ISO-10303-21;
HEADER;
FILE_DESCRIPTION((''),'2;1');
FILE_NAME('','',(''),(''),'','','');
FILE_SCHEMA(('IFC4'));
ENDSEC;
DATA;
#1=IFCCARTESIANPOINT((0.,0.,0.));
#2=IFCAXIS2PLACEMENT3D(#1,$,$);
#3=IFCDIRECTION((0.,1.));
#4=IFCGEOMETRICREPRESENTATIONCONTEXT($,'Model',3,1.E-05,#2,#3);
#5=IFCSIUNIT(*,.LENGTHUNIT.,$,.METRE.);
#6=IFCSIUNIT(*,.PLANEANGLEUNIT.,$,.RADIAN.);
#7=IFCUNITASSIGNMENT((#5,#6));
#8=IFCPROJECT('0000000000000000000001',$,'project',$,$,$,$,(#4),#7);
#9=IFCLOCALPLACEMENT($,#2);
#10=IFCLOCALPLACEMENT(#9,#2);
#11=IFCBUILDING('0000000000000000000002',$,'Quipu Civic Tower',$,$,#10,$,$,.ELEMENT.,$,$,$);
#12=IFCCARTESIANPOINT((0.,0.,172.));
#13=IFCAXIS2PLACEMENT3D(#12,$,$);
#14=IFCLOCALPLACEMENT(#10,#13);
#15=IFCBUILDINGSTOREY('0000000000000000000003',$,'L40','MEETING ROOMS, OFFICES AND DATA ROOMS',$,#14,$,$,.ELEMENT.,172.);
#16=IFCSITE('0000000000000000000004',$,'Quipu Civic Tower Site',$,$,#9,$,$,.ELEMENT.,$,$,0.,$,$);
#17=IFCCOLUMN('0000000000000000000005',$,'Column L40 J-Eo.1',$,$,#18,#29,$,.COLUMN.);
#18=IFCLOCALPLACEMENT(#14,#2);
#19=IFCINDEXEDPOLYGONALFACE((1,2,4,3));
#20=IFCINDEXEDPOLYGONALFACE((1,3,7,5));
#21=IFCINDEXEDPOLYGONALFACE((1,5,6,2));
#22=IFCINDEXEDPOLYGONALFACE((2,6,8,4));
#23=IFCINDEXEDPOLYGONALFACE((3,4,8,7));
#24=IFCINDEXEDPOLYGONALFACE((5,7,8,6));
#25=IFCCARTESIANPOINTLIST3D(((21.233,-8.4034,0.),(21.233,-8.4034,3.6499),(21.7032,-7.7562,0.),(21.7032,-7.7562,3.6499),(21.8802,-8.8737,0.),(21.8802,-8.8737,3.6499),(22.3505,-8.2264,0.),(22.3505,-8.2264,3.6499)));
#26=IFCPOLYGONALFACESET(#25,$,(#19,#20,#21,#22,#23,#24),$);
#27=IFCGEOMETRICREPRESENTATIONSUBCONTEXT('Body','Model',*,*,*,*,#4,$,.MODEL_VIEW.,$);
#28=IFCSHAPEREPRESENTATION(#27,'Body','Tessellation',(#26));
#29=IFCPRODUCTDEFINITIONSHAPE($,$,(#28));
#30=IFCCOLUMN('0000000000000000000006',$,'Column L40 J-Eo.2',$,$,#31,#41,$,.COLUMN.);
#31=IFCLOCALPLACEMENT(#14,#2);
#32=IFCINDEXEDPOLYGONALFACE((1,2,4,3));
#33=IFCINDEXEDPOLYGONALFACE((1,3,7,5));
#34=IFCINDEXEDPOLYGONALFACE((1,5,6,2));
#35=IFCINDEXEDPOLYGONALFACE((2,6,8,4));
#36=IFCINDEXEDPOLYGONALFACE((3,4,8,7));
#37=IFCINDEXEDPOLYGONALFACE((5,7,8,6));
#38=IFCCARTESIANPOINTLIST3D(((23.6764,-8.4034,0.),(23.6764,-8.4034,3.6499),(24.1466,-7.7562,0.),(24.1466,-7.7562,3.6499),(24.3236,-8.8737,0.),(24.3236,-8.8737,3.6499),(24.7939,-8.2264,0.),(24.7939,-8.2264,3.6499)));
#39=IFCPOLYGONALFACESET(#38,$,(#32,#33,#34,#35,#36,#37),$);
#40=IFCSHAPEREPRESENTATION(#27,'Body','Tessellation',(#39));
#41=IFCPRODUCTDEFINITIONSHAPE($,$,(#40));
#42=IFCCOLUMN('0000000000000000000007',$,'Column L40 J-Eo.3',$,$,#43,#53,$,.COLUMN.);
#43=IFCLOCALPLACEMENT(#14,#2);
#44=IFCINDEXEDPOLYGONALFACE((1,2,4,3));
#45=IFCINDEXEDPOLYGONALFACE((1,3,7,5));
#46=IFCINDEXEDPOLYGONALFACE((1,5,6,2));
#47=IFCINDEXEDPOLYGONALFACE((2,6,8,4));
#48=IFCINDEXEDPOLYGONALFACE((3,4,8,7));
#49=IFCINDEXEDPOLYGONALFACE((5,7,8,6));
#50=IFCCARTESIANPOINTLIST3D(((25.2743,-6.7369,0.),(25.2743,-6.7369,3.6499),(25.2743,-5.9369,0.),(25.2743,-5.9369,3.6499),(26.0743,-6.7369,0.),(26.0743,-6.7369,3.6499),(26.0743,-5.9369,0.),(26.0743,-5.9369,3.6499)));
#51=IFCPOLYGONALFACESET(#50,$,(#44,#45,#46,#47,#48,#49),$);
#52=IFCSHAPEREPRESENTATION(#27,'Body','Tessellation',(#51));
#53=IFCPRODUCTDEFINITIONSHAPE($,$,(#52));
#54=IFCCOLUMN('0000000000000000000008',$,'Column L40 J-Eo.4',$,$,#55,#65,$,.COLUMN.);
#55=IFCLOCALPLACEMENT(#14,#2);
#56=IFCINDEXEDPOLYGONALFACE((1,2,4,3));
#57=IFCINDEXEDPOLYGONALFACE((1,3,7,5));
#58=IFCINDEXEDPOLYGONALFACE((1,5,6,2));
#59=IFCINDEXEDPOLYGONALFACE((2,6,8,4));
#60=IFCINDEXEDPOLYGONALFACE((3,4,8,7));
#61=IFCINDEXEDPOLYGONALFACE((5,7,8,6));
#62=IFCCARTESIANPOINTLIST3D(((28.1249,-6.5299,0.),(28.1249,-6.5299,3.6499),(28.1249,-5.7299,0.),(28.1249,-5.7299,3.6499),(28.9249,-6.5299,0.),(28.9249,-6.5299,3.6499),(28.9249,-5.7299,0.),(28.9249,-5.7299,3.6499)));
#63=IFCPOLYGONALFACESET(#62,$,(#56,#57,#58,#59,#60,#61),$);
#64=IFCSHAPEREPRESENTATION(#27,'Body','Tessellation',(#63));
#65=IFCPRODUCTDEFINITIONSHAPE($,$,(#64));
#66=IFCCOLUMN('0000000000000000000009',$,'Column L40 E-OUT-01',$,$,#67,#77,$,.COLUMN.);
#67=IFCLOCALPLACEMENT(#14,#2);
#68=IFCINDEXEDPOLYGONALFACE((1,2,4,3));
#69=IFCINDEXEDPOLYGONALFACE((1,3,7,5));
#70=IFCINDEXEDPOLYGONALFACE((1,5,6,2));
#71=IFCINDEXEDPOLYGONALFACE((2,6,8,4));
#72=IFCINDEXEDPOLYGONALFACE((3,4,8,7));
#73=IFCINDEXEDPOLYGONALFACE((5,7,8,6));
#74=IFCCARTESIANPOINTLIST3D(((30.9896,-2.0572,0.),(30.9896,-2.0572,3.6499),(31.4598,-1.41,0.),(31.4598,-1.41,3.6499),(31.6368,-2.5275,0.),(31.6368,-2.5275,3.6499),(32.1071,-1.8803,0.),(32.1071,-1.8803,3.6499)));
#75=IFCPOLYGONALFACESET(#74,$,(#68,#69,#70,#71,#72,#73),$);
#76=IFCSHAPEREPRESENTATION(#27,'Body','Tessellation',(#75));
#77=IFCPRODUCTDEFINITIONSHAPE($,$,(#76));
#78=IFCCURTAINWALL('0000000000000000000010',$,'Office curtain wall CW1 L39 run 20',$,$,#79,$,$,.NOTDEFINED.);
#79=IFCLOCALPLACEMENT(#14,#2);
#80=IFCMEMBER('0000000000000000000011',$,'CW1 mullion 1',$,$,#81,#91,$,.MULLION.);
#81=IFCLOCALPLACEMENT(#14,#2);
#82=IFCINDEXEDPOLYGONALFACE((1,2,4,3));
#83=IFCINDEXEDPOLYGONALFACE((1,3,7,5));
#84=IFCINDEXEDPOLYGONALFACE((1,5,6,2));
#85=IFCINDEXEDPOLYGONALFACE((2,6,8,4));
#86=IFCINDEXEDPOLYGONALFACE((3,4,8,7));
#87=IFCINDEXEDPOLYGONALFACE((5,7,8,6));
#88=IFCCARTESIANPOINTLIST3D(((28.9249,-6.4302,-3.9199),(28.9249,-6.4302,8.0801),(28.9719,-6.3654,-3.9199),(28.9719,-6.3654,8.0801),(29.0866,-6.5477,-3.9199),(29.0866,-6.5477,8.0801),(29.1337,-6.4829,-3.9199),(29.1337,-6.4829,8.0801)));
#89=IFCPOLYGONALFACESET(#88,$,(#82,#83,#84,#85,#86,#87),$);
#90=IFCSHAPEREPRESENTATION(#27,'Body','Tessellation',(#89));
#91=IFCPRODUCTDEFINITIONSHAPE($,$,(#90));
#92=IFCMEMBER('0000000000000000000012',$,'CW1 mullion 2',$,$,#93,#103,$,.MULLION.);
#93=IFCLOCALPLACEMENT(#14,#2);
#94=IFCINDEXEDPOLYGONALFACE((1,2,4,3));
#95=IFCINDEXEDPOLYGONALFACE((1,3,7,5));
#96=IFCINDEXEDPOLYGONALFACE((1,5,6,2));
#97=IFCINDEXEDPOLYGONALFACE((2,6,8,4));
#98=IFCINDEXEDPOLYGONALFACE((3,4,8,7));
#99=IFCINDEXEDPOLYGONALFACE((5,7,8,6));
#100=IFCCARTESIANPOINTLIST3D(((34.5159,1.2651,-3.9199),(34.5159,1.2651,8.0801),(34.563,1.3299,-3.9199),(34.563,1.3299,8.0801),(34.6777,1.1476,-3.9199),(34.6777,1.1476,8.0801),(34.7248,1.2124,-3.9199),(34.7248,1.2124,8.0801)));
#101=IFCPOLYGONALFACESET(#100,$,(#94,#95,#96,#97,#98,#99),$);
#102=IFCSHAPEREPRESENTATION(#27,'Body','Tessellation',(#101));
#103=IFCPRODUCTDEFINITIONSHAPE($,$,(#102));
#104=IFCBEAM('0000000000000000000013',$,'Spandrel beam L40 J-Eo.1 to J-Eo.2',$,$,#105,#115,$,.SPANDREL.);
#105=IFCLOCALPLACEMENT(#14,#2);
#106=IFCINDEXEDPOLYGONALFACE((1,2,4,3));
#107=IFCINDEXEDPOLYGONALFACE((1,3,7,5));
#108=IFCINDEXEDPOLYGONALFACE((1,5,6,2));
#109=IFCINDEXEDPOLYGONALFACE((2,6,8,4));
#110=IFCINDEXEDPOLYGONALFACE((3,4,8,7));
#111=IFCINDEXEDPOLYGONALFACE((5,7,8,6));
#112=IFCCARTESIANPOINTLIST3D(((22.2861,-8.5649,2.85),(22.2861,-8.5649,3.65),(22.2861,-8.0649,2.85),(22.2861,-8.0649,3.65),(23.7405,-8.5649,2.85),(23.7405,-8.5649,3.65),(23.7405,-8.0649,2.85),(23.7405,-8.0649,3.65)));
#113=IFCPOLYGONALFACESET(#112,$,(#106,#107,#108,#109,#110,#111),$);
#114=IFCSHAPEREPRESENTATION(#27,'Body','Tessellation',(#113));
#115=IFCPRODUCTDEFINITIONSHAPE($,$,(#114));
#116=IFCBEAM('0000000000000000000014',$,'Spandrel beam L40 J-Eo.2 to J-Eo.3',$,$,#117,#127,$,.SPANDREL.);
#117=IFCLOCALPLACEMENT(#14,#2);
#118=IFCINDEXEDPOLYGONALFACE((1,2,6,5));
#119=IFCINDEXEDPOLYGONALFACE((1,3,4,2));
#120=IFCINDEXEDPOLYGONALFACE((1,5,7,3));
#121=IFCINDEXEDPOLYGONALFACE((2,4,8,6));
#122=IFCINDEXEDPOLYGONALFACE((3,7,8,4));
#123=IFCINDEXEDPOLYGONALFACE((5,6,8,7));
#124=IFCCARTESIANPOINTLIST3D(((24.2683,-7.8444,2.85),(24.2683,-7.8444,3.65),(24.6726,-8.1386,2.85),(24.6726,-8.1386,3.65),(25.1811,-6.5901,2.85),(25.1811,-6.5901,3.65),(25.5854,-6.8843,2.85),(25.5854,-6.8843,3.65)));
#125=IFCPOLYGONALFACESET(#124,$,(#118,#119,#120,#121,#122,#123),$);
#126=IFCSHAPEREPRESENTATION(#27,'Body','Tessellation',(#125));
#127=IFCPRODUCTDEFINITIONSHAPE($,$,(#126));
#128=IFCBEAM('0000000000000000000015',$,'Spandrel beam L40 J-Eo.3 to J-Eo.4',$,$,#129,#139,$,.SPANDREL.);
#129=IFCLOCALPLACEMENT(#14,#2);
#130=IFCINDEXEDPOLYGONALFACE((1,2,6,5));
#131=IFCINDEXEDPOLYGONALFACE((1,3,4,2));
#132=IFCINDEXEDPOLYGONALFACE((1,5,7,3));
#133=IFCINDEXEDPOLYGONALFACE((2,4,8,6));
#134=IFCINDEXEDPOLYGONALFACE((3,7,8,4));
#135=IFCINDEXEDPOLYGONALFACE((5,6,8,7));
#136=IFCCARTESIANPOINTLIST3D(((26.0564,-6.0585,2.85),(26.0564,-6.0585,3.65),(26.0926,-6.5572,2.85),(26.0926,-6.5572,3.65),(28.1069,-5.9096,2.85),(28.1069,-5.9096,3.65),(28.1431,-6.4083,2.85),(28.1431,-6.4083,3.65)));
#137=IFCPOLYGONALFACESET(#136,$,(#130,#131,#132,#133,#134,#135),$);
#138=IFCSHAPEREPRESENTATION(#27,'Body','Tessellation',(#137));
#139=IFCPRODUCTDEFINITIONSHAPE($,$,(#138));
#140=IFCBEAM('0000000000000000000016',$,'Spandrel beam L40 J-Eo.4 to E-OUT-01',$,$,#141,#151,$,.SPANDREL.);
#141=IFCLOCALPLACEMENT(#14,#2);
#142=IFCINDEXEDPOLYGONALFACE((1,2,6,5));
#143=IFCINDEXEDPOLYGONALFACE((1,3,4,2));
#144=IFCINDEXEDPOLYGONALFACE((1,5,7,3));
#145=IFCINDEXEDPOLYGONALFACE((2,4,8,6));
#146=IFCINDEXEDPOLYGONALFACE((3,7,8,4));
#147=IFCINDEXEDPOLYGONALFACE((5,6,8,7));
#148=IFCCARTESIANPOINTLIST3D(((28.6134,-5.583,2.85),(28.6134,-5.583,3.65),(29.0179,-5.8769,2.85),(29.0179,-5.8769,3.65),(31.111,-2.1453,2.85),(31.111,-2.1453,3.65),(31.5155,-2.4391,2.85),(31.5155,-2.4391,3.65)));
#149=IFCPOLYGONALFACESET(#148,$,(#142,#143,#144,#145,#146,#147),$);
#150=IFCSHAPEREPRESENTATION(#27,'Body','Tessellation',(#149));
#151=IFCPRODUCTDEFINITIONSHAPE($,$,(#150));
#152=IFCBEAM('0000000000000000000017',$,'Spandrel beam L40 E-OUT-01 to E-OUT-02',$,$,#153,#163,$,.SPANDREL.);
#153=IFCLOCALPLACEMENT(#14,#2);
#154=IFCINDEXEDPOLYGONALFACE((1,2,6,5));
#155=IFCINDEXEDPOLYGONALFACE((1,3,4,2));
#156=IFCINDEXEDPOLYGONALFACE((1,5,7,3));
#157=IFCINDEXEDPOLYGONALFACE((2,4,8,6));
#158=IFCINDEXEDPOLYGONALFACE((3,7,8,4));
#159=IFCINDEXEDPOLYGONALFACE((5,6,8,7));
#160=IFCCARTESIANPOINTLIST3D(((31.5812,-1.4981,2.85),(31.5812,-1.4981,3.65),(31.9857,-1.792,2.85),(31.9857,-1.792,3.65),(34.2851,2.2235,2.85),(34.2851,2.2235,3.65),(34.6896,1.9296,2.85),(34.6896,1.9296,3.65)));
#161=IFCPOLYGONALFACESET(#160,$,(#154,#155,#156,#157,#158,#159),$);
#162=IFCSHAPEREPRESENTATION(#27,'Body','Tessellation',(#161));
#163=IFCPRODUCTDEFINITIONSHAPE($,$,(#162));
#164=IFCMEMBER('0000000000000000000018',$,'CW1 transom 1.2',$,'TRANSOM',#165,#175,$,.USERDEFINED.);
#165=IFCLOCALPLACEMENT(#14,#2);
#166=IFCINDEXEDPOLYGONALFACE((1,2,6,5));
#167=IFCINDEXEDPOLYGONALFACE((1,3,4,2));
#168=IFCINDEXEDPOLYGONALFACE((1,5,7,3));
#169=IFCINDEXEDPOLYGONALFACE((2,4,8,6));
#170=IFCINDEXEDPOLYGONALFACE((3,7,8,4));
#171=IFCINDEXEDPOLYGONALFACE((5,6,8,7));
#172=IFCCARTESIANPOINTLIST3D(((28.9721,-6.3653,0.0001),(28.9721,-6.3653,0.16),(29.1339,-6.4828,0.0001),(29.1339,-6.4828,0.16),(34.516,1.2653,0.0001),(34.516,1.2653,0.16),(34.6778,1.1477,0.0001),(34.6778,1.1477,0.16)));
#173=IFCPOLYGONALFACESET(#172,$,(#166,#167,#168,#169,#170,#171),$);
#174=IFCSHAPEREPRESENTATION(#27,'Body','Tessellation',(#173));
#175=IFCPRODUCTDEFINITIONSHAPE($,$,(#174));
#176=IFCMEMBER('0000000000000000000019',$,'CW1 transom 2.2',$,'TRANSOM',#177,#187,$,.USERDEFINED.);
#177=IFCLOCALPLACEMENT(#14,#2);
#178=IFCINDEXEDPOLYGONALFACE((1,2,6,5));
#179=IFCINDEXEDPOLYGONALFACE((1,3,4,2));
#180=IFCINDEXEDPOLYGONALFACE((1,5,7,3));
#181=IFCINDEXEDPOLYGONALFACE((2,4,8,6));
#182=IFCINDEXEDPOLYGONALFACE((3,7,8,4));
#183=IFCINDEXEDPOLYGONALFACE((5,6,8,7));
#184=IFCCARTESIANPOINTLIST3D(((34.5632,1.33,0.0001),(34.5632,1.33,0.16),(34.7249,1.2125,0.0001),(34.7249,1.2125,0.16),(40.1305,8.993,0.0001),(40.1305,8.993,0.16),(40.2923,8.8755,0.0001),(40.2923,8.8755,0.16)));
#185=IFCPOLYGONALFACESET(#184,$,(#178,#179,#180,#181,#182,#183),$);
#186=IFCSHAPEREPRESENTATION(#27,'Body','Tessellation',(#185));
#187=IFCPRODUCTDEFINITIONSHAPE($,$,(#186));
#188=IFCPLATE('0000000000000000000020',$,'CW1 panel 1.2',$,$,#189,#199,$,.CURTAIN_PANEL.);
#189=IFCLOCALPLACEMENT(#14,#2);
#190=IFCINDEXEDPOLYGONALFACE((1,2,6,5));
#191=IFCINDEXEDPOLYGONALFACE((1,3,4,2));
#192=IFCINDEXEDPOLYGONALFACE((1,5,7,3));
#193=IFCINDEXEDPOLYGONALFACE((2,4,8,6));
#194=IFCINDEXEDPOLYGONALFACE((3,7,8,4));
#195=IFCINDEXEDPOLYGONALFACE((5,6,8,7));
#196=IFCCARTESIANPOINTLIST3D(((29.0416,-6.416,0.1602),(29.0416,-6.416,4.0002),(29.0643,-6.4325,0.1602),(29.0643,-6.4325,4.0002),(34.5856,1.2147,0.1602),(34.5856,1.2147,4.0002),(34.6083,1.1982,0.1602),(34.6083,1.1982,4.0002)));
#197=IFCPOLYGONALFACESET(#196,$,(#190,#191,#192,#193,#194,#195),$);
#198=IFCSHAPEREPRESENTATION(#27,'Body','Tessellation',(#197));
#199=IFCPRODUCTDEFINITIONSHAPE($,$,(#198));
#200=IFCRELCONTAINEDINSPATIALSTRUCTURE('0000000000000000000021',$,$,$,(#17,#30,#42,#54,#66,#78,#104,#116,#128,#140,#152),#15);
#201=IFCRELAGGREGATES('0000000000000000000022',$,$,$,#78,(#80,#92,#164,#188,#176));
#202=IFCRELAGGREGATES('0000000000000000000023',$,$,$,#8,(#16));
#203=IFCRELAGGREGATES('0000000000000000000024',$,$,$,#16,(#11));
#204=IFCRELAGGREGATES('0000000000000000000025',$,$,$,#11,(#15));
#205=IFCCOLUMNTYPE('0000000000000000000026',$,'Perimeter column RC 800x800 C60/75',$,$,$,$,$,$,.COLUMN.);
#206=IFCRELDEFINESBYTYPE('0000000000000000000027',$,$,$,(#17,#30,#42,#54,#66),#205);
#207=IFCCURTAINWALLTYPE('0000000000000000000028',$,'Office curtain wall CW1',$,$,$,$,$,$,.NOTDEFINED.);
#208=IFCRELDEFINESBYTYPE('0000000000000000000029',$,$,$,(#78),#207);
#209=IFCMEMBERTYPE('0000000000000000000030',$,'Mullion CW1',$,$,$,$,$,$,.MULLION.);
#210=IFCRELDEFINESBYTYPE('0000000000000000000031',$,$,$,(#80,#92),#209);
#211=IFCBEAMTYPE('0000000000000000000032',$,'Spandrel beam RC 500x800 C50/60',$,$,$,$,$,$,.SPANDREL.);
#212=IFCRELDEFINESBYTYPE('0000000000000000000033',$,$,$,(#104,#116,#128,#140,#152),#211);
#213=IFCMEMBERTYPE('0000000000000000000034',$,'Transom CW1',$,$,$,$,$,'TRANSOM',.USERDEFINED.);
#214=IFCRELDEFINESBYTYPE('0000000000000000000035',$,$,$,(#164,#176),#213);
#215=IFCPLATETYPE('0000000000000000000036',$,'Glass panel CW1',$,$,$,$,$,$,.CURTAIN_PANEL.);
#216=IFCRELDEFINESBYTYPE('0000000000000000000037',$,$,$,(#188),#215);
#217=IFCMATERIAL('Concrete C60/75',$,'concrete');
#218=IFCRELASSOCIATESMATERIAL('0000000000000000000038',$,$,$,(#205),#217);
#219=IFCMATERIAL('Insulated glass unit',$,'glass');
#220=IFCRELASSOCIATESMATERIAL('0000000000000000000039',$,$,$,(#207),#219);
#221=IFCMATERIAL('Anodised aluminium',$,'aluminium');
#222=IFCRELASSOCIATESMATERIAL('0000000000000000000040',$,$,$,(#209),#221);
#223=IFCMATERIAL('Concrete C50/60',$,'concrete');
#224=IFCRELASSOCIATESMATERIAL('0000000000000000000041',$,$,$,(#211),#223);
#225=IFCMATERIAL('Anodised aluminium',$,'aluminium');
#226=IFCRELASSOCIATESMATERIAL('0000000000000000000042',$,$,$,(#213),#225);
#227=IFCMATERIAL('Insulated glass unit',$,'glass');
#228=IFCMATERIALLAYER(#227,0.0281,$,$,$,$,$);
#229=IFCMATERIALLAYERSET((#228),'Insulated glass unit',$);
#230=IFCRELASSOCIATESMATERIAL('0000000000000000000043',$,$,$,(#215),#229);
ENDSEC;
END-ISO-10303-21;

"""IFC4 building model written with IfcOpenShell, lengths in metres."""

from ifc_helpers import new_model, si_unit, direction, frame, origin, origin_2d, place, context, subcontext, project, spatial, rectangle, extrude, material, layer, layer_set, material_profile, profile_set, type_object, element, aggregate, save


model = new_model("IFC4")

# Units and contexts
model_context = context("Model", 3, precision=1e-05, world=origin(), true_north=direction((0.0, 1.0)))
body_context = subcontext(model_context, "Body", "Model", "MODEL_VIEW")
ifc_project = project(units=[si_unit("LENGTHUNIT", "METRE"), si_unit("PLANEANGLEUNIT", "RADIAN")], contexts=[model_context])

# Site, building, storey
site_placement = place(None, origin())
site = spatial("IfcSite", under=ifc_project, at=site_placement, Name="Quipu Civic Tower Site", CompositionType="ELEMENT", RefElevation=0.0)
building_placement = place(site_placement, origin())
building = spatial("IfcBuilding", under=site, at=building_placement, Name="Quipu Civic Tower", CompositionType="ELEMENT")
storey_placement = place(building_placement, frame((0.0, 0.0, 172.0)))
storey = spatial("IfcBuildingStorey", under=building, at=storey_placement, Name="L40", Description="MEETING ROOMS, OFFICES AND DATA ROOMS", CompositionType="ELEMENT", Elevation=172.0)

# Columns
ifc_material_1 = material(Name="Concrete C60/75", Category="concrete")
ifc_material_profile_1 = material_profile(ifc_material_1, rectangle(XDim=0.8, YDim=0.8, at=origin_2d()), Name="RC800x800")
ifc_profile_set_1 = profile_set([ifc_material_profile_1], Name="Concrete C60/75")
column_type = type_object("IfcColumnType", Name="Perimeter column RC 800x800 C60/75", PredefinedType="COLUMN", material=ifc_profile_set_1)
for number, where, z_axis, x_axis, name in (
    (1, (21.7917, -8.3149, 0.0), (0.0, 0.0, 1.0), (0.587785, 0.809017, 0.0), "Column L40 J-Eo.1"),
    (2, (24.2351, -8.3149, 0.0), (0.0, 0.0, 1.0), (0.587785, 0.809017, 0.0), "Column L40 J-Eo.2"),
    (3, (25.6743, -6.3369, 0.0), (0.0, 0.0, 1.0), (1.0, 0.0, 0.0), "Column L40 J-Eo.3"),
    (4, (28.5249, -6.1299, 0.0), (0.0, 0.0, 1.0), (1.0, 0.0, 0.0), "Column L40 J-Eo.4"),
    (5, (31.5483, -1.9688, 0.0), (0.0, 0.0, 1.0), (0.587785, 0.809017, 0.0), "Column L40 E-OUT-01"),
):
    element("IfcColumn", number, at=place(storey_placement, frame(where, z_axis=z_axis, x_axis=x_axis)), inside=storey, type_object=column_type, Name=name, PredefinedType="COLUMN", context=body_context, shape_type="SweptSolid", body=[
        extrude(rectangle(XDim=0.8, YDim=0.8, at=origin_2d()), origin(), (0.0, 0.0, 1.0), 3.6499),
    ])

# Curtain wall, members
ifc_material_2 = material(Name="Insulated glass unit", Category="glass")
curtain_wall_type = type_object("IfcCurtainWallType", Name="Office curtain wall CW1", PredefinedType="NOTDEFINED", material=ifc_material_2)
curtain_wall_placement = place(storey_placement, origin())
curtain_wall = element("IfcCurtainWall", 6, at=curtain_wall_placement, inside=storey, type_object=curtain_wall_type, Name="Office curtain wall CW1 L39 run 20", PredefinedType="NOTDEFINED")
ifc_material_3 = material(Name="Anodised aluminium", Category="aluminium")
ifc_material_profile_2 = material_profile(ifc_material_3, rectangle(XDim=0.2, YDim=0.0801, at=origin_2d()), Name="RECT 200x80")
ifc_profile_set_2 = profile_set([ifc_material_profile_2], Name="Anodised aluminium")
member_type_1 = type_object("IfcMemberType", Name="Mullion CW1", PredefinedType="MULLION", material=ifc_profile_set_2)
member_1_placement = place(storey_placement, frame((29.0293, -6.4565, -3.9199), z_axis=(0.0, 0.0, 1.0), x_axis=(-0.809017, 0.587786, 0.0)))
member_1 = element("IfcMember", 7, at=member_1_placement, type_object=member_type_1, Name="CW1 mullion 1", PredefinedType="MULLION", context=body_context, shape_type="SweptSolid", body=[
    extrude(rectangle(XDim=0.2, YDim=0.0801, at=origin_2d()), origin(), (0.0, 0.0, 1.0), 12.0),
])
member_2_placement = place(storey_placement, frame((34.6204, 1.2388, -3.9199), z_axis=(0.0, 0.0, 1.0), x_axis=(-0.809017, 0.587786, 0.0)))
member_2 = element("IfcMember", 8, at=member_2_placement, type_object=member_type_1, Name="CW1 mullion 2", PredefinedType="MULLION", context=body_context, shape_type="SweptSolid", body=[
    extrude(rectangle(XDim=0.2, YDim=0.0801, at=origin_2d()), origin(), (0.0, 0.0, 1.0), 12.0),
])

# Beams
ifc_material_4 = material(Name="Concrete C50/60", Category="concrete")
ifc_material_profile_3 = material_profile(ifc_material_4, rectangle(XDim=0.5, YDim=0.8, at=origin_2d()), Name="RC500x800")
ifc_profile_set_3 = profile_set([ifc_material_profile_3], Name="Concrete C50/60")
beam_type = type_object("IfcBeamType", Name="Spandrel beam RC 500x800 C50/60", PredefinedType="SPANDREL", material=ifc_profile_set_3)
beam_1_placement = place(storey_placement, frame((22.2861, -8.3149, 3.25), z_axis=(1.0, 0.0, 0.0), x_axis=(0.0, 1.0, 0.0)))
element("IfcBeam", 9, at=beam_1_placement, inside=storey, type_object=beam_type, Name="Spandrel beam L40 J-Eo.1 to J-Eo.2", PredefinedType="SPANDREL", context=body_context, shape_type="SweptSolid", body=[
    extrude(rectangle(XDim=0.5, YDim=0.8, at=origin_2d()), origin(), (0.0, 0.0, 1.0), 1.4543),
])
beam_2_placement = place(storey_placement, frame((24.4705, -7.9915, 3.25), z_axis=(0.588406, 0.808566, 0.0), x_axis=(-0.808566, 0.588406, 0.0)))
element("IfcBeam", 10, at=beam_2_placement, inside=storey, type_object=beam_type, Name="Spandrel beam L40 J-Eo.2 to J-Eo.3", PredefinedType="SPANDREL", context=body_context, shape_type="SweptSolid", body=[
    extrude(rectangle(XDim=0.5, YDim=0.8, at=origin_2d()), origin(), (0.0, 0.0, 1.0), 1.5513),
])
beam_3_placement = place(storey_placement, frame((26.0745, -6.3079, 3.25), z_axis=(0.997373, 0.072437, 0.0), x_axis=(-0.072437, 0.997373, 0.0)))
element("IfcBeam", 11, at=beam_3_placement, inside=storey, type_object=beam_type, Name="Spandrel beam L40 J-Eo.3 to J-Eo.4", PredefinedType="SPANDREL", context=body_context, shape_type="SweptSolid", body=[
    extrude(rectangle(XDim=0.5, YDim=0.8, at=origin_2d()), origin(), (0.0, 0.0, 1.0), 2.0559),
])
beam_4_placement = place(storey_placement, frame((28.8157, -5.73, 3.25), z_axis=(0.587769, 0.809029, 0.0), x_axis=(-0.809029, 0.587769, 0.0)))
element("IfcBeam", 12, at=beam_4_placement, inside=storey, type_object=beam_type, Name="Spandrel beam L40 J-Eo.4 to E-OUT-01", PredefinedType="SPANDREL", context=body_context, shape_type="SweptSolid", body=[
    extrude(rectangle(XDim=0.5, YDim=0.8, at=origin_2d()), origin(), (0.0, 0.0, 1.0), 4.2493),
])
beam_5_placement = place(storey_placement, frame((31.7834, -1.645, 3.25), z_axis=(0.587796, 0.809009, 0.0), x_axis=(-0.809009, 0.587796, 0.0)))
element("IfcBeam", 13, at=beam_5_placement, inside=storey, type_object=beam_type, Name="Spandrel beam L40 E-OUT-01 to E-OUT-02", PredefinedType="SPANDREL", context=body_context, shape_type="SweptSolid", body=[
    extrude(rectangle(XDim=0.5, YDim=0.8, at=origin_2d()), origin(), (0.0, 0.0, 1.0), 4.6001),
])

# Members
ifc_material_5 = material(Name="Anodised aluminium", Category="aluminium")
ifc_material_profile_4 = material_profile(ifc_material_5, rectangle(XDim=0.2, YDim=0.1599, at=origin_2d()), Name="RECT 200x160")
ifc_profile_set_4 = profile_set([ifc_material_profile_4], Name="Anodised aluminium")
member_type_2 = type_object("IfcMemberType", Name="Transom CW1", ElementType="TRANSOM", PredefinedType="USERDEFINED", material=ifc_profile_set_4)
member_3_placement = place(storey_placement, frame((29.053, -6.4241, 0.0801), z_axis=(0.587784, 0.809018, 0.0), x_axis=(-0.809018, 0.587784, 0.0)))
member_3 = element("IfcMember", 14, at=member_3_placement, type_object=member_type_2, Name="CW1 transom 1.2", ObjectType="TRANSOM", PredefinedType="USERDEFINED", context=body_context, shape_type="SweptSolid", body=[
    extrude(rectangle(XDim=0.2, YDim=0.1599, at=origin_2d()), origin(), (0.0, 0.0, 1.0), 9.4319),
])
member_4_placement = place(storey_placement, frame((34.644, 1.2712, 0.0801), z_axis=(0.587773, 0.809026, 0.0), x_axis=(-0.809026, 0.587773, 0.0)))
member_4 = element("IfcMember", 15, at=member_4_placement, type_object=member_type_2, Name="CW1 transom 2.2", ObjectType="TRANSOM", PredefinedType="USERDEFINED", context=body_context, shape_type="SweptSolid", body=[
    extrude(rectangle(XDim=0.2, YDim=0.1599, at=origin_2d()), origin(), (0.0, 0.0, 1.0), 9.4719),
])

# Plate
ifc_material_6 = material(Name="Insulated glass unit", Category="glass")
ifc_layer = layer(ifc_material_6, 0.0281)
ifc_layer_set = layer_set([ifc_layer], Name="Insulated glass unit")
plate_type_1 = type_object("IfcPlateType", Name="Glass panel CW1", PredefinedType="CURTAIN_PANEL", material=ifc_layer_set)
plate_placement = place(storey_placement, frame((31.825, -2.6089, 0.1602), z_axis=(0.0, 0.0, 1.0), x_axis=(0.587786, 0.809017, 0.0)))
plate = element("IfcPlate", 16, at=plate_placement, type_object=plate_type_1, Name="CW1 panel 1.2", PredefinedType="CURTAIN_PANEL", context=body_context, shape_type="SweptSolid", body=[
    extrude(rectangle(XDim=9.4321, YDim=0.0281, at=origin_2d()), origin(), (0.0, 0.0, 1.0), 3.8401),
])
aggregate(curtain_wall, [member_1, member_2, member_3, plate, member_4])

save(model, "model.ifc")
